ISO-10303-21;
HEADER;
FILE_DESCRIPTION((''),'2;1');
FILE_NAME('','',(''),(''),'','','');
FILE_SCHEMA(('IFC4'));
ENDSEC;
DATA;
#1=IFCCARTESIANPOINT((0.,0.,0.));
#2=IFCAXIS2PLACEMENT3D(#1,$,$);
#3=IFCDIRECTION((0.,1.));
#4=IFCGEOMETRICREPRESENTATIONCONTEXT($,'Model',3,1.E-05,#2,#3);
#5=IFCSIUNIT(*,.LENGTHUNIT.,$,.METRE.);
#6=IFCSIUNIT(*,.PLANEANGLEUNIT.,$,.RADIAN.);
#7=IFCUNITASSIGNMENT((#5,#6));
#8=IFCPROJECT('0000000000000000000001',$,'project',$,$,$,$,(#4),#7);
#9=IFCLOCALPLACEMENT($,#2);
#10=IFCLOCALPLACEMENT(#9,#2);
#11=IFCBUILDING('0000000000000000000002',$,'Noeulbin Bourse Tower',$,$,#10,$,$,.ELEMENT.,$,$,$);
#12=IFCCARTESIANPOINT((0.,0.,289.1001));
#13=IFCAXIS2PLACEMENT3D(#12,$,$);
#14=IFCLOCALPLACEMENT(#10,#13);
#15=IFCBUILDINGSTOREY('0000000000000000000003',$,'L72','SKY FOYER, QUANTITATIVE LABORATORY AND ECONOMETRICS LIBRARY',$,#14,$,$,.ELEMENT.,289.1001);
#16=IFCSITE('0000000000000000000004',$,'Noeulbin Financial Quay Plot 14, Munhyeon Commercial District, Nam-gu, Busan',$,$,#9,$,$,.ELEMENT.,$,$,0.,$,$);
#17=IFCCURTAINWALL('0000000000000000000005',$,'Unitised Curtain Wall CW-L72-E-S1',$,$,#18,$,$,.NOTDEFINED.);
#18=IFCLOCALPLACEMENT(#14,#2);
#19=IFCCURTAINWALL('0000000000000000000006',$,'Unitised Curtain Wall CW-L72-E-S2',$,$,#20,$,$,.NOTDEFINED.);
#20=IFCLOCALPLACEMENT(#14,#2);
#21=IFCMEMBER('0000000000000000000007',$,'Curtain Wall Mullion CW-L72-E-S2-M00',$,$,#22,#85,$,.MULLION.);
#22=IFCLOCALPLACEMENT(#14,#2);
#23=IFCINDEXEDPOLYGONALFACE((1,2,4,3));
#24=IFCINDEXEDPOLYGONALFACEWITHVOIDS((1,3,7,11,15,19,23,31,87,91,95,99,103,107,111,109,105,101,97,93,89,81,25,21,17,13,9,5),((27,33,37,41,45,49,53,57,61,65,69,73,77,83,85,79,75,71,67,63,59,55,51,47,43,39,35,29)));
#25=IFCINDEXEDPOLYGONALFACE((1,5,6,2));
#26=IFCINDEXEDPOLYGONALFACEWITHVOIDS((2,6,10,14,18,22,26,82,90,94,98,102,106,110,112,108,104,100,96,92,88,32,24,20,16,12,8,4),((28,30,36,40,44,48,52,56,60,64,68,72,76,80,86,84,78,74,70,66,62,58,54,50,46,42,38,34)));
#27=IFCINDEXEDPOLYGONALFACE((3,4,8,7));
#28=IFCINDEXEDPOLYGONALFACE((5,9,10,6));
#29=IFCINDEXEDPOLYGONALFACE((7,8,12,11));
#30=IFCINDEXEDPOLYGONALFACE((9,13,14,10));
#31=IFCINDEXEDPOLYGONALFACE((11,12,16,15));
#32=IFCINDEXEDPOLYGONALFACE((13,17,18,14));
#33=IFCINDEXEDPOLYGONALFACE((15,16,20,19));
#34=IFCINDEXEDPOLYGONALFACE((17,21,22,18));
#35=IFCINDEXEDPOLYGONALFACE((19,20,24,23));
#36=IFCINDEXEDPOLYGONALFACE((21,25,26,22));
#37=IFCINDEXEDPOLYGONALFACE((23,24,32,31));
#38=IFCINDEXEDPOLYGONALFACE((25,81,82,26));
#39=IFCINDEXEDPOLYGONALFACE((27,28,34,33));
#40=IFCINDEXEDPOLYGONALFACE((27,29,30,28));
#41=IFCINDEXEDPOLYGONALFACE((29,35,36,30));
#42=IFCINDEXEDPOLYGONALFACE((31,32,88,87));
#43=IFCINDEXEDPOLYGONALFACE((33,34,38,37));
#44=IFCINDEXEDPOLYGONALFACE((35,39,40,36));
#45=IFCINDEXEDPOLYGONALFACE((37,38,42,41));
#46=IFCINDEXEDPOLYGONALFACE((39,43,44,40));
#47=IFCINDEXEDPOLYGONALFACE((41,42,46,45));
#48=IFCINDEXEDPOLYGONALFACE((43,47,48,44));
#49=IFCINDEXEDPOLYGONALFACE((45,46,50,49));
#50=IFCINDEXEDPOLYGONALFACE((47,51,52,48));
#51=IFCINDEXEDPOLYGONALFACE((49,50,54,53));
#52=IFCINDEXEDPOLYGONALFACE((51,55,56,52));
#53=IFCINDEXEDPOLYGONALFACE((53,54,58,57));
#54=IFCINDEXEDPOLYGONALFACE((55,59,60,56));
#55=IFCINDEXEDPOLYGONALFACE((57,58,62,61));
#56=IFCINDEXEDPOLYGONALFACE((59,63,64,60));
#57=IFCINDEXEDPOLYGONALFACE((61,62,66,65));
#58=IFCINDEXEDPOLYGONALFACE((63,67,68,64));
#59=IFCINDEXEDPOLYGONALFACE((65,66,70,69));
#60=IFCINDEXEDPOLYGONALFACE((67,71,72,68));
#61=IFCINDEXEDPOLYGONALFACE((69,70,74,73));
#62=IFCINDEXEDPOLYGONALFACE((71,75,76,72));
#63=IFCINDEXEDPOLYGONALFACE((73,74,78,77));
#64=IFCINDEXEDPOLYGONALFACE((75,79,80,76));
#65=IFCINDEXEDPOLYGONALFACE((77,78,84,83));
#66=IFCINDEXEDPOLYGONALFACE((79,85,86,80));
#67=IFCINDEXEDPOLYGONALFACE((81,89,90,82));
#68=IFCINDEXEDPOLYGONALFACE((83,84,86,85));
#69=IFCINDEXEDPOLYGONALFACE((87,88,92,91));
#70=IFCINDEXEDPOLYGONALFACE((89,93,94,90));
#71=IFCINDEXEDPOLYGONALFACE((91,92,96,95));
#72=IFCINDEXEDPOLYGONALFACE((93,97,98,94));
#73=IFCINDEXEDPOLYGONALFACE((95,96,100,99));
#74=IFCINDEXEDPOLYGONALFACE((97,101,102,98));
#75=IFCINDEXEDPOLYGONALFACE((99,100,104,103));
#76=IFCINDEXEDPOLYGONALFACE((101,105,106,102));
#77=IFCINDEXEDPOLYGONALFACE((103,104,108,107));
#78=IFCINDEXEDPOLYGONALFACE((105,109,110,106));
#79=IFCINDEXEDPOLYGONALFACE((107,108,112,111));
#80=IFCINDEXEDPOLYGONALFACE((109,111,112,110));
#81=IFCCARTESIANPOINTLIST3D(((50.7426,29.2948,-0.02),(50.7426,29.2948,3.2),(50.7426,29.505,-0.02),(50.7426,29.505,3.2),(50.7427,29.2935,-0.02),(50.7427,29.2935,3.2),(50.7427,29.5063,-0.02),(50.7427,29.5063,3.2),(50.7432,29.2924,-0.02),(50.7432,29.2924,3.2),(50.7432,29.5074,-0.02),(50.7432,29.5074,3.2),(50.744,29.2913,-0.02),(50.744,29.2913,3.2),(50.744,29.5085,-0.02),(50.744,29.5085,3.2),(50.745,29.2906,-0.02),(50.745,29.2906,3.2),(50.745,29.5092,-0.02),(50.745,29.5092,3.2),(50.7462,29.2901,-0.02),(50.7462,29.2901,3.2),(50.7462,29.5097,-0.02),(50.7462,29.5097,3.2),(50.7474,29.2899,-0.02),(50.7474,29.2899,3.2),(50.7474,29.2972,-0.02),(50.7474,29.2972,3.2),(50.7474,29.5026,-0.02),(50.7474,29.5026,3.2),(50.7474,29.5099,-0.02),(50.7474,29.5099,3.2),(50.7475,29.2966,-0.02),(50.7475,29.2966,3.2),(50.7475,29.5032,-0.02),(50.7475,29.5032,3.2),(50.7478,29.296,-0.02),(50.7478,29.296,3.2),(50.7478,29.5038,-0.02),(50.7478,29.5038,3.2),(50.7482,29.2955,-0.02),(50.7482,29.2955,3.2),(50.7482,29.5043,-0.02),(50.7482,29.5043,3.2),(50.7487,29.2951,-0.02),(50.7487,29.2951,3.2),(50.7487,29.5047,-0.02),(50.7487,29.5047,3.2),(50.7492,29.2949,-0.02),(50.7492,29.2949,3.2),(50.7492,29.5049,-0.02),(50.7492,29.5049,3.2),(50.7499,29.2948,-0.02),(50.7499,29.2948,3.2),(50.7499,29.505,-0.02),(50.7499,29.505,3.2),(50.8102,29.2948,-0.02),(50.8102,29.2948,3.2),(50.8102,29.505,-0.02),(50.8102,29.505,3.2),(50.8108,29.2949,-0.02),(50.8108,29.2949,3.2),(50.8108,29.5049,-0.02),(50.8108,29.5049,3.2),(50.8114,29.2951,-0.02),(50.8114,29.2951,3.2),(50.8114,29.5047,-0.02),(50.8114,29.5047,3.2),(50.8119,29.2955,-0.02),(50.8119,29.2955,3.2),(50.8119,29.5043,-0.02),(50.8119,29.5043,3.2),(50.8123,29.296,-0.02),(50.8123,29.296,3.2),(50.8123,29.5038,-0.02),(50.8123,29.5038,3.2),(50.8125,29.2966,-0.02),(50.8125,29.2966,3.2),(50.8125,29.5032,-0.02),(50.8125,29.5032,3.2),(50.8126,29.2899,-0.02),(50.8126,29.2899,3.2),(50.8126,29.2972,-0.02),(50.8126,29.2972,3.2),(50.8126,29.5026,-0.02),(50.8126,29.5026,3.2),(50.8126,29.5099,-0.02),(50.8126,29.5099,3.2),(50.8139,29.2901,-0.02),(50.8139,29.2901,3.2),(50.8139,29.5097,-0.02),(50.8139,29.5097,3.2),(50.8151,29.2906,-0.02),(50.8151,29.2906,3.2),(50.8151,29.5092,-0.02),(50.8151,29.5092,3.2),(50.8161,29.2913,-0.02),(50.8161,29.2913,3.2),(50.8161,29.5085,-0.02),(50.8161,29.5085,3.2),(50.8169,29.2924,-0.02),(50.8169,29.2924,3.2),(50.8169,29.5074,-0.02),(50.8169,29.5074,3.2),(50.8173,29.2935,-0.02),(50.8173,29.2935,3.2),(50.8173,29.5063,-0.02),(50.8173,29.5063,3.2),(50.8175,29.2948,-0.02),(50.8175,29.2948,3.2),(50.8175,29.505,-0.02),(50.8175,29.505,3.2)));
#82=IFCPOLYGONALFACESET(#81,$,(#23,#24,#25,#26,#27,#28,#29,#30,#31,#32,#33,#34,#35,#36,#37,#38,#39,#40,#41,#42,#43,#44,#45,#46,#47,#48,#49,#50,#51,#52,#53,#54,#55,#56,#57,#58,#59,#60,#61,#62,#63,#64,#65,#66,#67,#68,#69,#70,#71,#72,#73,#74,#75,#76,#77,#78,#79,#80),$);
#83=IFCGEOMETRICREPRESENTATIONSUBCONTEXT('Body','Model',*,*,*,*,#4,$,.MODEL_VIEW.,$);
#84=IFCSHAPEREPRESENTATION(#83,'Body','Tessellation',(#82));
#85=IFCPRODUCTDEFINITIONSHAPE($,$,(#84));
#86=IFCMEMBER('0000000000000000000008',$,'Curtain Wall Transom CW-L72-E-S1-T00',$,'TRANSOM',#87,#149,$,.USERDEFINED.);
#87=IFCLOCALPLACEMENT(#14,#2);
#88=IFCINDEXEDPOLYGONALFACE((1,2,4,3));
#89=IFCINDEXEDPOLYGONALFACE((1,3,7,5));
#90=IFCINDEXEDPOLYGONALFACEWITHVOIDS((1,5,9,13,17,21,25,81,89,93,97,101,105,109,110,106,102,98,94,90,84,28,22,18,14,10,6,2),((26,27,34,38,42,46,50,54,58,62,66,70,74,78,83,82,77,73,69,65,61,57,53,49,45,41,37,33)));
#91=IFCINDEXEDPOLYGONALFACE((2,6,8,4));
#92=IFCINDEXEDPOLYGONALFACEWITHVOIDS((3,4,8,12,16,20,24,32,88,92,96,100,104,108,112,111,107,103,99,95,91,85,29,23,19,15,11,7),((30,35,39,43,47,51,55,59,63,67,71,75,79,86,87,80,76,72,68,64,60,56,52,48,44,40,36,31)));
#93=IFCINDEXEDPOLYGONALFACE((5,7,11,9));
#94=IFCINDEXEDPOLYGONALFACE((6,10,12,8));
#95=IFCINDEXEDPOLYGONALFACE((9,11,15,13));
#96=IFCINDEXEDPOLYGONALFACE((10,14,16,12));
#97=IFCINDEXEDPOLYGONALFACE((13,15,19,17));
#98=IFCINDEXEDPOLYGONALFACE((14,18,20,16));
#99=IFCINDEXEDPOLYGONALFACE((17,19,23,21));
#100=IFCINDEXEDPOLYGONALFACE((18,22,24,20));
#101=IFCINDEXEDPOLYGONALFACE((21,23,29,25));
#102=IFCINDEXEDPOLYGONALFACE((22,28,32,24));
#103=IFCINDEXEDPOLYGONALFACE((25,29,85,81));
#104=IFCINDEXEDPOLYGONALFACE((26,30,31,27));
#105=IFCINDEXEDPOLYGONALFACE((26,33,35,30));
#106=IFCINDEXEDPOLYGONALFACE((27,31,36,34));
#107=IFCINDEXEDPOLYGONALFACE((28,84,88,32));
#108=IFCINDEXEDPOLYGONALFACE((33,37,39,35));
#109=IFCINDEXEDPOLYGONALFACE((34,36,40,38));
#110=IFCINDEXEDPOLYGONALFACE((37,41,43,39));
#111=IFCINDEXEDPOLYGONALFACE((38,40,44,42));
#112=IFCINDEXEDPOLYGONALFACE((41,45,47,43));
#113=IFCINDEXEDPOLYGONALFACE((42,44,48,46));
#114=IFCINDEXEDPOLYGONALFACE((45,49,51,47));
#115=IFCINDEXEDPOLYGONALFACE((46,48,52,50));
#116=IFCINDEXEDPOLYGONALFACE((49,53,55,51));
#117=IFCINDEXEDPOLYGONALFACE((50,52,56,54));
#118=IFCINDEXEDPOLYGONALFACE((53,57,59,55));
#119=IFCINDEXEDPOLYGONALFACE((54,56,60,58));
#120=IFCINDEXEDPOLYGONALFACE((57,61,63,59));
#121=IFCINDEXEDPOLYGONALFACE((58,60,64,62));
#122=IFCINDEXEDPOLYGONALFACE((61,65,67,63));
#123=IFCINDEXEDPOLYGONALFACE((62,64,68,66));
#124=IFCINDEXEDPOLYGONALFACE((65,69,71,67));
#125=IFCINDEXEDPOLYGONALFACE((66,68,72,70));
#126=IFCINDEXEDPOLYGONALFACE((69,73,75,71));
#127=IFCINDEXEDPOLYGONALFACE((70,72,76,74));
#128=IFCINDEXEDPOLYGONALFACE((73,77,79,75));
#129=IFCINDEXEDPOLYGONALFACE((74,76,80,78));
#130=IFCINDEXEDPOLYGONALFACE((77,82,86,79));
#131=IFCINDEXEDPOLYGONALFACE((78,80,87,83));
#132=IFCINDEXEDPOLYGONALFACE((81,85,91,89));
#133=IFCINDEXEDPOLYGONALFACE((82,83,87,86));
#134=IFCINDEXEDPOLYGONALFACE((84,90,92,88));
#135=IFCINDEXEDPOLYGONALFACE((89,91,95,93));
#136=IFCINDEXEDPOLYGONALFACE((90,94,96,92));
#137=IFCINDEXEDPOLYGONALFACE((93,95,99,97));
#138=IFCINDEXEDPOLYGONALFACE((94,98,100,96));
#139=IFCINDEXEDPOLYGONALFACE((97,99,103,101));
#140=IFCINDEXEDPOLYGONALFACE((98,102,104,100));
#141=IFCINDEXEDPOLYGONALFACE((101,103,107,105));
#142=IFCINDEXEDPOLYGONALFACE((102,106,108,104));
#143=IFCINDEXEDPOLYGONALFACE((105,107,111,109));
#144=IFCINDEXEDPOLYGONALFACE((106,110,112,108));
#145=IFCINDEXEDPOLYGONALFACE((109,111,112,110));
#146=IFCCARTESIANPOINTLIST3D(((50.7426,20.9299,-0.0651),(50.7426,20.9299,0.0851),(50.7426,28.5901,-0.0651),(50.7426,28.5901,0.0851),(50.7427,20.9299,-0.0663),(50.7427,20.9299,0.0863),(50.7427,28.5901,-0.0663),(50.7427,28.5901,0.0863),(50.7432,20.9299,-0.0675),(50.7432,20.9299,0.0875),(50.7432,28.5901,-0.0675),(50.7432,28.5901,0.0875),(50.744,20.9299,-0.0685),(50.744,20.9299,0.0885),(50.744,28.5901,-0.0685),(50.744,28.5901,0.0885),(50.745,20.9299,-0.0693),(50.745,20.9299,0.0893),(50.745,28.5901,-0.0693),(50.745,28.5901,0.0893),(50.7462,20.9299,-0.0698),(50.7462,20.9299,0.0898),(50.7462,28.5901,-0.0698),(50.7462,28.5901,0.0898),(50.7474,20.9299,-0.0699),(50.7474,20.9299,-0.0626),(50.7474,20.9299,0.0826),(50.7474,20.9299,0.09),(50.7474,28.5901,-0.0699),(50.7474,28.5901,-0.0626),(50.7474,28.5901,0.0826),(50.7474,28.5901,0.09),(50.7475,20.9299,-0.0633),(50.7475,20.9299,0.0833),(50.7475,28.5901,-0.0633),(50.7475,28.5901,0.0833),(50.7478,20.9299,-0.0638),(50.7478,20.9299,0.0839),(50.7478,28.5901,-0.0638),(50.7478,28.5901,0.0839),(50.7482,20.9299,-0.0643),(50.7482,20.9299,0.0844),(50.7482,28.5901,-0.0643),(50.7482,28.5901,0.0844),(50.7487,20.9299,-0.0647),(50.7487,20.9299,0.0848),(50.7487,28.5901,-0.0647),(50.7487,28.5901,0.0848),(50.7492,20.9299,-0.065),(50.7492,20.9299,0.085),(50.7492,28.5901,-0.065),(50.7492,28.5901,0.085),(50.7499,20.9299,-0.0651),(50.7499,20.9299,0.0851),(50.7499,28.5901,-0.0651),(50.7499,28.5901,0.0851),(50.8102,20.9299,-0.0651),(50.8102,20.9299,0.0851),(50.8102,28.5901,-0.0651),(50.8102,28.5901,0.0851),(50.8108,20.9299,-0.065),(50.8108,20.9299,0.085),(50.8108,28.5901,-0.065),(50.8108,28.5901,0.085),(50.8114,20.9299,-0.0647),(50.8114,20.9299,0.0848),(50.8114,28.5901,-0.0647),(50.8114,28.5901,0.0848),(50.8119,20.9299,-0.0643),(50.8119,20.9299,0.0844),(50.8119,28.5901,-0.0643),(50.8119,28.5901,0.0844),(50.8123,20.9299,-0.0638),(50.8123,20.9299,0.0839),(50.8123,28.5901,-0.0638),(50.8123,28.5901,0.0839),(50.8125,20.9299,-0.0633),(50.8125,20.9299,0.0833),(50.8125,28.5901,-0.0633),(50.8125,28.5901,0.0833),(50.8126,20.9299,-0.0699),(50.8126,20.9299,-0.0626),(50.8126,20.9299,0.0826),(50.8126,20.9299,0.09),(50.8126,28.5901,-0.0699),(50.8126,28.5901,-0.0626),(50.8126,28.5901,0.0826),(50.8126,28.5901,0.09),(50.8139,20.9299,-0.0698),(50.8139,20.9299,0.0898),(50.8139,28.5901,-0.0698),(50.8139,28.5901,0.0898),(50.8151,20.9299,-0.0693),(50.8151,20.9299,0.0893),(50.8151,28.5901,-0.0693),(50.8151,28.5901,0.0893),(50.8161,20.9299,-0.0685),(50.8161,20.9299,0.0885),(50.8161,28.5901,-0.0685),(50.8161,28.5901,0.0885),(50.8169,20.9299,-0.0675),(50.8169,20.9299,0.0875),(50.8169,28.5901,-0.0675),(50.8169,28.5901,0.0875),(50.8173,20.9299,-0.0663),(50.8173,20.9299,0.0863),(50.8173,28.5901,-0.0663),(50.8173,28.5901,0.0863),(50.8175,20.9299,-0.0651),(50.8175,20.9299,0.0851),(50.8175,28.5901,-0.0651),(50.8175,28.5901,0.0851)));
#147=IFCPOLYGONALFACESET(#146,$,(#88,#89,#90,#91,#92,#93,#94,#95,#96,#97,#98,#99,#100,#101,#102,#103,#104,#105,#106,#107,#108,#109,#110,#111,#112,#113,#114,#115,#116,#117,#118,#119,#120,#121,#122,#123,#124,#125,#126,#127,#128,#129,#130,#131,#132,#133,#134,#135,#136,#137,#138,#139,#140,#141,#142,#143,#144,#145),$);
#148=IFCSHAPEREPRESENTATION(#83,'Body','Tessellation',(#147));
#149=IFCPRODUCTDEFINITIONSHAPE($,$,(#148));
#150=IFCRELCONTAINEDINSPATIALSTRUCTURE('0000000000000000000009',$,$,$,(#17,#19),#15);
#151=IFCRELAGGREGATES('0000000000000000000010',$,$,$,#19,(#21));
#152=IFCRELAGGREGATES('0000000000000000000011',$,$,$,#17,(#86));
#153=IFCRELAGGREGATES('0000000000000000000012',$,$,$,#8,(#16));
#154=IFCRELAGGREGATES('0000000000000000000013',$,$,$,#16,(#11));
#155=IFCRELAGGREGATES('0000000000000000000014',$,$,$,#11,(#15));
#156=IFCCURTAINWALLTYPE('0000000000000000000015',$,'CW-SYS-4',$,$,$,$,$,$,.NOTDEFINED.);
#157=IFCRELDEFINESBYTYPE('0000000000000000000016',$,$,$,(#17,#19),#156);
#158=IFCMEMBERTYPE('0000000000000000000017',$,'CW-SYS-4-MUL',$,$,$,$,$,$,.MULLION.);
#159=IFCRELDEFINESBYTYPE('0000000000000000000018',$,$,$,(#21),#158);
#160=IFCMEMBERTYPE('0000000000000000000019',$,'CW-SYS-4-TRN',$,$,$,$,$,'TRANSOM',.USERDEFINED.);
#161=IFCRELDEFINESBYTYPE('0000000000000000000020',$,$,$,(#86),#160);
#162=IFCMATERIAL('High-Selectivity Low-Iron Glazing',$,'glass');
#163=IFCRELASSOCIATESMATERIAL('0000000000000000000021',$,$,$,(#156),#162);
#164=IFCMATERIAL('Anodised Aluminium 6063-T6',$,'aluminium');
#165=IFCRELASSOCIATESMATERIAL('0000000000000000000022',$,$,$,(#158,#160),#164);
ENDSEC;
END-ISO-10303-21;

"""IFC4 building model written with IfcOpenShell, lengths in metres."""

from ifc_helpers import new_model, si_unit, direction, frame, origin, origin_2d, place, context, subcontext, project, spatial, hollow_rectangle, extrude, material, material_profile, profile_set, type_object, element, aggregate, save


model = new_model("IFC4")

# Units and contexts
model_context = context("Model", 3, precision=1e-05, world=origin(), true_north=direction((0.0, 1.0)))
body_context = subcontext(model_context, "Body", "Model", "MODEL_VIEW")
ifc_project = project(units=[si_unit("LENGTHUNIT", "METRE"), si_unit("PLANEANGLEUNIT", "RADIAN")], contexts=[model_context])

# Site, building, storey
site_placement = place(None, origin())
site = spatial("IfcSite", under=ifc_project, at=site_placement, Name="Noeulbin Financial Quay Plot 14, Munhyeon Commercial District, Nam-gu, Busan", CompositionType="ELEMENT", RefElevation=0.0)
building_placement = place(site_placement, origin())
building = spatial("IfcBuilding", under=site, at=building_placement, Name="Noeulbin Bourse Tower", CompositionType="ELEMENT")
storey_placement = place(building_placement, frame((0.0, 0.0, 289.1001)))
storey = spatial("IfcBuildingStorey", under=building, at=storey_placement, Name="L72", Description="SKY FOYER, QUANTITATIVE LABORATORY AND ECONOMETRICS LIBRARY", CompositionType="ELEMENT", Elevation=289.1001)

# Curtain wall
ifc_material_1 = material(Name="High-Selectivity Low-Iron Glazing", Category="glass")
curtain_wall_type = type_object("IfcCurtainWallType", Name="CW-SYS-4", PredefinedType="NOTDEFINED", material=ifc_material_1)
ifc_material_2 = material(Name="Anodised Aluminium 6063-T6", Category="aluminium")
ifc_material_profile_1 = material_profile(ifc_material_2, hollow_rectangle(XDim=0.075, YDim=0.22, WallThickness=0.0049, InnerFilletRadius=0.0024, OuterFilletRadius=0.0049, at=origin_2d()), Name="ALU-MULL-75x220x5", Category="LoadBearing")
ifc_profile_set_1 = profile_set([ifc_material_profile_1], Name="Anodised Aluminium 6063-T6")
member_type_1 = type_object("IfcMemberType", Name="CW-SYS-4-MUL", PredefinedType="MULLION", material=ifc_profile_set_1)
curtain_wall_1_placement = place(storey_placement, origin())
curtain_wall_1 = element("IfcCurtainWall", 1, at=curtain_wall_1_placement, inside=storey, type_object=curtain_wall_type, Name="Unitised Curtain Wall CW-L72-E-S1", PredefinedType="NOTDEFINED")

# Curtain wall, member
curtain_wall_2_placement = place(storey_placement, origin())
curtain_wall_2 = element("IfcCurtainWall", 2, at=curtain_wall_2_placement, inside=storey, type_object=curtain_wall_type, Name="Unitised Curtain Wall CW-L72-E-S2", PredefinedType="NOTDEFINED")
member_1_placement = place(storey_placement, frame((50.78, 29.3999, -0.02), z_axis=(0.0, 0.0, 1.0), x_axis=(1.0, 0.0, 0.0)))
member_1 = element("IfcMember", 3, at=member_1_placement, type_object=member_type_1, Name="Curtain Wall Mullion CW-L72-E-S2-M00", PredefinedType="MULLION", context=body_context, shape_type="SweptSolid", body=[
    extrude(hollow_rectangle(XDim=0.075, YDim=0.22, WallThickness=0.0049, InnerFilletRadius=0.0024, OuterFilletRadius=0.0049, at=origin_2d()), origin(), (0.0, 0.0, 1.0), 3.22),
])

# Member
ifc_material_profile_2 = material_profile(ifc_material_2, hollow_rectangle(XDim=0.075, YDim=0.1599, WallThickness=0.0049, InnerFilletRadius=0.0024, OuterFilletRadius=0.0049, at=origin_2d()), Name="ALU-TRAN-75x160x5", Category="LoadBearing")
ifc_profile_set_2 = profile_set([ifc_material_profile_2], Name="Anodised Aluminium 6063-T6")
member_type_2 = type_object("IfcMemberType", Name="CW-SYS-4-TRN", ElementType="TRANSOM", PredefinedType="USERDEFINED", material=ifc_profile_set_2)
member_2_placement = place(storey_placement, frame((50.78, 20.9299, 0.01), z_axis=(0.0, 1.0, 0.0), x_axis=(-1.0, 0.0, 0.0)))
member_2 = element("IfcMember", 4, at=member_2_placement, type_object=member_type_2, Name="Curtain Wall Transom CW-L72-E-S1-T00", ObjectType="TRANSOM", PredefinedType="USERDEFINED", context=body_context, shape_type="SweptSolid", body=[
    extrude(hollow_rectangle(XDim=0.075, YDim=0.1599, WallThickness=0.0049, InnerFilletRadius=0.0024, OuterFilletRadius=0.0049, at=origin_2d()), origin(), (0.0, 0.0, 1.0), 7.6602),
])
aggregate(curtain_wall_2, [member_1])

aggregate(curtain_wall_1, [member_2])

save(model, "model.ifc")
